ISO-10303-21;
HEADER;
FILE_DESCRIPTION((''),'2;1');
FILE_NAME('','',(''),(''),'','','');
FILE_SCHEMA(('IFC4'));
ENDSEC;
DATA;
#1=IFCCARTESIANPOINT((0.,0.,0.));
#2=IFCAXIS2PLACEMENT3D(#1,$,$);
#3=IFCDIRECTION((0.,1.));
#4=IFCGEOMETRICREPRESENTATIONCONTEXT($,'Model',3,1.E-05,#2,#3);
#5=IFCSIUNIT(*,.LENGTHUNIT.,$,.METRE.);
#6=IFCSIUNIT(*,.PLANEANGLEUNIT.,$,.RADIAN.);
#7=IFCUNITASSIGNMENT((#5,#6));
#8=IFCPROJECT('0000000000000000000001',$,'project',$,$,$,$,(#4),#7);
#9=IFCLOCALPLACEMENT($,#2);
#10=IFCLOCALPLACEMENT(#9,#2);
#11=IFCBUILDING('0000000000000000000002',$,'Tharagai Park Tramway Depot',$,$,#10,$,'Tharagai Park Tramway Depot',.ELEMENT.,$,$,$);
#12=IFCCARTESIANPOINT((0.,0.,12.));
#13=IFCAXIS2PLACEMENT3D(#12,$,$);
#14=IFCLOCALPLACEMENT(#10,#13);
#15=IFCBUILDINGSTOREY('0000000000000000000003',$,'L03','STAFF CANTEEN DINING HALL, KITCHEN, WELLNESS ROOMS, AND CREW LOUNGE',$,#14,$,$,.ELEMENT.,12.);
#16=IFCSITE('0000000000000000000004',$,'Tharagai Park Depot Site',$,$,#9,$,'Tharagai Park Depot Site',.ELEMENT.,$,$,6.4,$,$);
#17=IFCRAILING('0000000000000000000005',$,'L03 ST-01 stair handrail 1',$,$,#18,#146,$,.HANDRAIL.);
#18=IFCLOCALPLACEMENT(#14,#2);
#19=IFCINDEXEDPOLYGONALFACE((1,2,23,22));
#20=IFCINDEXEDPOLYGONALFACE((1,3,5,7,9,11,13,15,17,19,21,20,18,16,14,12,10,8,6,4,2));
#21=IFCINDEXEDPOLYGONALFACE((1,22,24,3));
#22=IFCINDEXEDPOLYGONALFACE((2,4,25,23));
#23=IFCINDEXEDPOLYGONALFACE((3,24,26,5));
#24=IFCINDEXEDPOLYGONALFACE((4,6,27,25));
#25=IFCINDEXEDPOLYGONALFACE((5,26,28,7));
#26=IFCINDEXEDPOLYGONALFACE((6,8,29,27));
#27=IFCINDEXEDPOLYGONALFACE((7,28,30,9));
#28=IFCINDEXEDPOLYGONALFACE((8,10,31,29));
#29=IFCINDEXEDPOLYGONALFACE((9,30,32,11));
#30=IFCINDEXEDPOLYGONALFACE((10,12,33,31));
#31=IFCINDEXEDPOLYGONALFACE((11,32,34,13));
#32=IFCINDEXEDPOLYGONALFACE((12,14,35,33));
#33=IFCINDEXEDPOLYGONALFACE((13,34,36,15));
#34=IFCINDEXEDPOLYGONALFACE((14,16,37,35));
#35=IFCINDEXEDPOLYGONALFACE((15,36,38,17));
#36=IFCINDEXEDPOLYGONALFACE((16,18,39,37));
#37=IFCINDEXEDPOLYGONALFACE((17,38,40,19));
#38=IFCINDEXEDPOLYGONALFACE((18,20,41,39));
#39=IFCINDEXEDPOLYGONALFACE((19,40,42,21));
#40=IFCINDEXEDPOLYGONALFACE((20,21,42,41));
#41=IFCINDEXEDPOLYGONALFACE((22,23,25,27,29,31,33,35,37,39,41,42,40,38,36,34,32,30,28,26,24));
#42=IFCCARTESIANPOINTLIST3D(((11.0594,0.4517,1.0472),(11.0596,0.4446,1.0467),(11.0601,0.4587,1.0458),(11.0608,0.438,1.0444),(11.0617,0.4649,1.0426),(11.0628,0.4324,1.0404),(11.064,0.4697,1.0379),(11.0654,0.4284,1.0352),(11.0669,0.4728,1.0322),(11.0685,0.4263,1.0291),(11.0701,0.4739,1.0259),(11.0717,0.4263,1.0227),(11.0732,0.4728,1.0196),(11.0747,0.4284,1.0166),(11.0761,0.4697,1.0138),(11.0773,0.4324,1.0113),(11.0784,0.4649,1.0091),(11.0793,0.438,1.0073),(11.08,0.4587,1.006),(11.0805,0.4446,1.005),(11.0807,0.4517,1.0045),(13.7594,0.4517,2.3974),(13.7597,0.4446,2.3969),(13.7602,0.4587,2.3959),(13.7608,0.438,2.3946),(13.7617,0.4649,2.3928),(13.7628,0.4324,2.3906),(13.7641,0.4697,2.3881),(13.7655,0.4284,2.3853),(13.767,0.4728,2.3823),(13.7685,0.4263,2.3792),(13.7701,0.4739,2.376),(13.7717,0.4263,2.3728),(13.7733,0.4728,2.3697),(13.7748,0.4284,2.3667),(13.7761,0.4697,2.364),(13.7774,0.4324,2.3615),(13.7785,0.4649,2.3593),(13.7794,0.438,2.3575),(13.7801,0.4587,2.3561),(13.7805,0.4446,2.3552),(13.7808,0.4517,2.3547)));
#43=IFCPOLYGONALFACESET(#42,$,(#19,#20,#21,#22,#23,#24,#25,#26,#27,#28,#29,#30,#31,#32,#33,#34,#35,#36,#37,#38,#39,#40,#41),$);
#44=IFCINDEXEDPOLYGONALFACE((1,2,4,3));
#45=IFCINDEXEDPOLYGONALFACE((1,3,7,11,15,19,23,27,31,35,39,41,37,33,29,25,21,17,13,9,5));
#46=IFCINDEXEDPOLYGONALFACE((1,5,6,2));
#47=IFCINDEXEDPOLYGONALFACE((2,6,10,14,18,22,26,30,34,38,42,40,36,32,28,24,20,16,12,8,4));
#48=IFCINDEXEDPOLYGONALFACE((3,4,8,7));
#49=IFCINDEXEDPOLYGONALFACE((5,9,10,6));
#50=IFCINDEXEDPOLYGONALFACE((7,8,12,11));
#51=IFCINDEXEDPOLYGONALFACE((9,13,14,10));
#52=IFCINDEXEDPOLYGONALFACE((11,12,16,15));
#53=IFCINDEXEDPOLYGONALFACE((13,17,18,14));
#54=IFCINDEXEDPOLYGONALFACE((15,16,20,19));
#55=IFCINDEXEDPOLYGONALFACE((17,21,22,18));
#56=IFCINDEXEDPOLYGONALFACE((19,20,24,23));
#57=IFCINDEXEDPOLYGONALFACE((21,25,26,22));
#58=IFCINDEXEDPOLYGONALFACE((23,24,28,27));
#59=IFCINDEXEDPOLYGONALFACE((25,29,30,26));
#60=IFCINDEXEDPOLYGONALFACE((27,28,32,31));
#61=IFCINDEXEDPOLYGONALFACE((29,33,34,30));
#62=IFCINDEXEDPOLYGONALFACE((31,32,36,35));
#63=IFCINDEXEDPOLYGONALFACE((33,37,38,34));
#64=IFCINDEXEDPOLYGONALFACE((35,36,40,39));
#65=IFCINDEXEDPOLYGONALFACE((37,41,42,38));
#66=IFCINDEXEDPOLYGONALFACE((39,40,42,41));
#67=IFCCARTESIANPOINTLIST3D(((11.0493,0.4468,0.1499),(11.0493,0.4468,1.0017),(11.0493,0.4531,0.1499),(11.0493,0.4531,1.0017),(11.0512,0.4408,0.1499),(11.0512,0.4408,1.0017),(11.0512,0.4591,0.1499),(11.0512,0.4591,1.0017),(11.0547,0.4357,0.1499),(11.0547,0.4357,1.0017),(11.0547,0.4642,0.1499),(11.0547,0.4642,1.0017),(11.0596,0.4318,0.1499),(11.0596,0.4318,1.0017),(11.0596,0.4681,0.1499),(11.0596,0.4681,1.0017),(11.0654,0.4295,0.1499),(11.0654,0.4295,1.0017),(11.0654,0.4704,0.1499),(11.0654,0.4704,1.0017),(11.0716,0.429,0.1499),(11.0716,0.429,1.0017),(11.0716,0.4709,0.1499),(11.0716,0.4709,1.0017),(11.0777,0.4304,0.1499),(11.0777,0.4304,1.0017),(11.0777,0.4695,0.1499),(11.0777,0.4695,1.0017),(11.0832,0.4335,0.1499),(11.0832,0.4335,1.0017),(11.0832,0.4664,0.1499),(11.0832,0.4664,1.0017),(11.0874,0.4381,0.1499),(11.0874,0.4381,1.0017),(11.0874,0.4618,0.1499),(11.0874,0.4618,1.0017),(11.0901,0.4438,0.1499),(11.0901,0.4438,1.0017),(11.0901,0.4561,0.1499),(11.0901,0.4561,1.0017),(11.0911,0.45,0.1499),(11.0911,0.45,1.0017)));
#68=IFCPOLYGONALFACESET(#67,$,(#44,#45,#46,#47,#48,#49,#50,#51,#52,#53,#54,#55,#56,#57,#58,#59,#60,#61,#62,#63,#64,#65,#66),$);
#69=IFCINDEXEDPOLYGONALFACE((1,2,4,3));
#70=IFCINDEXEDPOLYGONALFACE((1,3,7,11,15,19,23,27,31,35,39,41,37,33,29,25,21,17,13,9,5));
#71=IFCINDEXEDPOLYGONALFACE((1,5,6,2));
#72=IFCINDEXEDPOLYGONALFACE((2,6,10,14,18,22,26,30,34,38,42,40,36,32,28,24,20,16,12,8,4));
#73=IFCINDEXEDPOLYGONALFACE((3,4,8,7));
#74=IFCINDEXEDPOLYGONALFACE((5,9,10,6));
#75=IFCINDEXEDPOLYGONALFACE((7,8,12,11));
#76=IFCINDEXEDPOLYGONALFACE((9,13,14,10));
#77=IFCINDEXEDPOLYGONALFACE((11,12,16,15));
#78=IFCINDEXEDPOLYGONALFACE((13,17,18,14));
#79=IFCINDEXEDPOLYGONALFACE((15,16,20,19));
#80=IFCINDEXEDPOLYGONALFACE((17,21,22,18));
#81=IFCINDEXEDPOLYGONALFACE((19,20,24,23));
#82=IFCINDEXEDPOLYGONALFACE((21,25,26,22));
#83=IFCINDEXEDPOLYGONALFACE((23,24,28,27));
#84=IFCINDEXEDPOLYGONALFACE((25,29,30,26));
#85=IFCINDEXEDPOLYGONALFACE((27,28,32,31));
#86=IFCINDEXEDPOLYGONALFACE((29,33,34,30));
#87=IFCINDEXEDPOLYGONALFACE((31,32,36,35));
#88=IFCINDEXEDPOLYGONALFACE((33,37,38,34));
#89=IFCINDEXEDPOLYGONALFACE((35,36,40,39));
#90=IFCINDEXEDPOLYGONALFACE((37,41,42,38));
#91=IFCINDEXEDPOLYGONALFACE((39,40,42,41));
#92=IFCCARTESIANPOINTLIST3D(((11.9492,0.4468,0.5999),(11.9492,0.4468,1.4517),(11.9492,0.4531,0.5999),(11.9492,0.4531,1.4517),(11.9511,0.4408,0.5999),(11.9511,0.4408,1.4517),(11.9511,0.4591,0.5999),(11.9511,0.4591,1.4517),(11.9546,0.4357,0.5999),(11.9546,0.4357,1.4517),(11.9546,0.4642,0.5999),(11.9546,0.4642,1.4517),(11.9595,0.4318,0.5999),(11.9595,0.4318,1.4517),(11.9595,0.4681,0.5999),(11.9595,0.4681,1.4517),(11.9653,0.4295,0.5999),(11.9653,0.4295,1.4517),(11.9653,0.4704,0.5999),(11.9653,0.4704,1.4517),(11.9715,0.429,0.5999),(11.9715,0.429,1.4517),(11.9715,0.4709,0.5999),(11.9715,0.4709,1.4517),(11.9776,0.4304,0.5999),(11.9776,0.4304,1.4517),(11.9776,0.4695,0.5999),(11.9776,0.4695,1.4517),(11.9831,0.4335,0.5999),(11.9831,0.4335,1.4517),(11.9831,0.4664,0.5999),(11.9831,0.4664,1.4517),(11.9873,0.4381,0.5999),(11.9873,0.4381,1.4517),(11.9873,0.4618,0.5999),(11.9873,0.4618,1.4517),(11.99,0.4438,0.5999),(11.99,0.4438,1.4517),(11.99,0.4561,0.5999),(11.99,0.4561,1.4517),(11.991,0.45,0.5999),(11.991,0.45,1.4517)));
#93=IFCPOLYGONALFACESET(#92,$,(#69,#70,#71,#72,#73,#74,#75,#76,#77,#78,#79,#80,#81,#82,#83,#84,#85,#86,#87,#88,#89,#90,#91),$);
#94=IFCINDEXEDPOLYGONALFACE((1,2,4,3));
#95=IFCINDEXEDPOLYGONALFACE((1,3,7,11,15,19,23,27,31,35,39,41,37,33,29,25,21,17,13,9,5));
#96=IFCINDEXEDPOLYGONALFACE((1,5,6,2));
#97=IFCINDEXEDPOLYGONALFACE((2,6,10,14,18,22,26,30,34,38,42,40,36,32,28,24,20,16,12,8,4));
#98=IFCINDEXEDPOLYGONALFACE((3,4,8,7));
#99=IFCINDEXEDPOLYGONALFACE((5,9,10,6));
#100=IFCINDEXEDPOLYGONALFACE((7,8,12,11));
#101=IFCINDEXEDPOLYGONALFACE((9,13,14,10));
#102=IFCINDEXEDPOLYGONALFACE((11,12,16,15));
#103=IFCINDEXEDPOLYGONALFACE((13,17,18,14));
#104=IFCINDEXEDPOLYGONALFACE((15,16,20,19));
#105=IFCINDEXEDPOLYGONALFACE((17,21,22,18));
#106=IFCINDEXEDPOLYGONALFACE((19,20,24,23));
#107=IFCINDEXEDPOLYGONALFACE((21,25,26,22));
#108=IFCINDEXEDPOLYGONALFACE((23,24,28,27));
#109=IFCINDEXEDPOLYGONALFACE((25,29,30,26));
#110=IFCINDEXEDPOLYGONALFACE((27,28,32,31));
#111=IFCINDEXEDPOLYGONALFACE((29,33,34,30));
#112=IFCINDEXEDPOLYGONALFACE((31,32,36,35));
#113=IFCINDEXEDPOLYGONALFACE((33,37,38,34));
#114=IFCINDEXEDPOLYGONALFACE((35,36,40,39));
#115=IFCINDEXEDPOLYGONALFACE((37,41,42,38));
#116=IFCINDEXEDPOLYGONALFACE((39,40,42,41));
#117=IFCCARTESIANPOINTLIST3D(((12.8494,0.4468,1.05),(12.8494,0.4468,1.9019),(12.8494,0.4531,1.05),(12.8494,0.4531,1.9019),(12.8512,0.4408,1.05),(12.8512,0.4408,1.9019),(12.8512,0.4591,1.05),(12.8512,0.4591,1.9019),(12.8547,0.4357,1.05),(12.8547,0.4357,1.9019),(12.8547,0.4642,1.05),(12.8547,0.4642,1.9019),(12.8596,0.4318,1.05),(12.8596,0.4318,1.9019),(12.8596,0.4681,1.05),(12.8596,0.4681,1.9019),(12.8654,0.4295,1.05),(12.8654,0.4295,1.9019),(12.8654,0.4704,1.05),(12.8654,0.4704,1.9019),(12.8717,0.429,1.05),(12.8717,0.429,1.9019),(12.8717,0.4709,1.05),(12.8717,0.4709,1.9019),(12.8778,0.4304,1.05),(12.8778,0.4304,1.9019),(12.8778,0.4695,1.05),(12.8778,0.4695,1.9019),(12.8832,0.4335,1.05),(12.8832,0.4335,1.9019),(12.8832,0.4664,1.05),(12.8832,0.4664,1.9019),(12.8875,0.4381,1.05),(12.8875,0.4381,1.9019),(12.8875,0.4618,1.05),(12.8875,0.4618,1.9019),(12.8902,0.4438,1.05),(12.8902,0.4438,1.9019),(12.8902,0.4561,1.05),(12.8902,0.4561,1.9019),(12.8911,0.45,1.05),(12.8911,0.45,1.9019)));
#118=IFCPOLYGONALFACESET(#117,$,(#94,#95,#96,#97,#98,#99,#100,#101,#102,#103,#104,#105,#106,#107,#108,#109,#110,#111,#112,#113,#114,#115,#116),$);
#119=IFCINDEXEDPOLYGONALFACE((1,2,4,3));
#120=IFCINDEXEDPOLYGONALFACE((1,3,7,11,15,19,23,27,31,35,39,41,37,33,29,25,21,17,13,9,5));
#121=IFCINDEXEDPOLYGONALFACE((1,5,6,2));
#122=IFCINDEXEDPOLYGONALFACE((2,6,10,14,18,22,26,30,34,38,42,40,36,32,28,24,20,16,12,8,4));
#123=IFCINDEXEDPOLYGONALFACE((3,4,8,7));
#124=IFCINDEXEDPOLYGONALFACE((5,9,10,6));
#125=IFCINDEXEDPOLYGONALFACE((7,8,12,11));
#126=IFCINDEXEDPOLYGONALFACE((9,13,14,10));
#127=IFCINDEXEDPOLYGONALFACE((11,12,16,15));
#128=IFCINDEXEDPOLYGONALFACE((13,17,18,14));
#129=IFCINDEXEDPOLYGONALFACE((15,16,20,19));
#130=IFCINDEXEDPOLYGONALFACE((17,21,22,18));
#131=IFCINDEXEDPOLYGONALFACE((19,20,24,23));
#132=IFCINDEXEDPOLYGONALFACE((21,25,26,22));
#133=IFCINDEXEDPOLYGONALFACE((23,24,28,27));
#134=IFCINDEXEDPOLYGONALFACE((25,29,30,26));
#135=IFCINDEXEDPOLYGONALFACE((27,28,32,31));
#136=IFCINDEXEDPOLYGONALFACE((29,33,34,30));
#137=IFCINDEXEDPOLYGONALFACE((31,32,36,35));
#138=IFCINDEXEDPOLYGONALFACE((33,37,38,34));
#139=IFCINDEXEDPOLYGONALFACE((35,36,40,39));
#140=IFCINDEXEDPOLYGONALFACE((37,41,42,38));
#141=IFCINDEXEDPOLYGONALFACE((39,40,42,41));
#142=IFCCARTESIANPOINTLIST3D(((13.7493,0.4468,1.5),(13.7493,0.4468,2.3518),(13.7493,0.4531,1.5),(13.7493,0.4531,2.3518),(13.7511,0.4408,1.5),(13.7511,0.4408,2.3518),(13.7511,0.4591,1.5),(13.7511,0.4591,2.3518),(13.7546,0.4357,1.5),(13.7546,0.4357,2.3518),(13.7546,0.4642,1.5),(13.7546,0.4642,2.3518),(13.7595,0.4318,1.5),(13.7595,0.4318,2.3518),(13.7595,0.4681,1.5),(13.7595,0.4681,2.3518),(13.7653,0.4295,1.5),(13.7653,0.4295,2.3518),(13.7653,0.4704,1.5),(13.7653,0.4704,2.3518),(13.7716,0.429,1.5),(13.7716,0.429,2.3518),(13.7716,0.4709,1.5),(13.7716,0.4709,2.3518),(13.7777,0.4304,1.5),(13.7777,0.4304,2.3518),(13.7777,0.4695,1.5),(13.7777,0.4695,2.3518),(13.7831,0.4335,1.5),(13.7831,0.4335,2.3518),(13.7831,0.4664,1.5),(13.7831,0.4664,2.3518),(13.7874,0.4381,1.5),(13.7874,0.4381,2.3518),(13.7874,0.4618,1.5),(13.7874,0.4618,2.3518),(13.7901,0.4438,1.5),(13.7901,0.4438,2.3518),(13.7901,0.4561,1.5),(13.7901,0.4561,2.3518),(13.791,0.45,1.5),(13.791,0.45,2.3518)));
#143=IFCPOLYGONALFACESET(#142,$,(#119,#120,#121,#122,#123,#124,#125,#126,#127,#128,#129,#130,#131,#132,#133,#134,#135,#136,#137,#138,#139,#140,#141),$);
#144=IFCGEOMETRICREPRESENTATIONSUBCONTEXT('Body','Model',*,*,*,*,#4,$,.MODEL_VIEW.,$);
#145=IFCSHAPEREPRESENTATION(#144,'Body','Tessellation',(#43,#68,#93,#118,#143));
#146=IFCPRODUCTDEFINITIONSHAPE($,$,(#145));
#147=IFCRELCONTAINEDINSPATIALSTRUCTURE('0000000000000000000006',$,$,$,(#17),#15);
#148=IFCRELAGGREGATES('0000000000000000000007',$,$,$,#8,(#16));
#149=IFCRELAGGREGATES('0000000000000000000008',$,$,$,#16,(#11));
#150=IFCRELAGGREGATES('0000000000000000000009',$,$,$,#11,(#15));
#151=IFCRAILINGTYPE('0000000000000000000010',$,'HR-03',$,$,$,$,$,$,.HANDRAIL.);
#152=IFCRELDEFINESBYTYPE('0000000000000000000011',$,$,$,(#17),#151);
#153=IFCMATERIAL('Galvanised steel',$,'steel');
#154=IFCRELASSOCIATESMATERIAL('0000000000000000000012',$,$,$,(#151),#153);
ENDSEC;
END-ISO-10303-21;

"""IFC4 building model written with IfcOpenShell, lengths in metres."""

from ifc_helpers import new_model, si_unit, direction, frame, origin, origin_2d, place, context, subcontext, project, spatial, circle, extrude, material, type_object, element, save


model = new_model("IFC4")

# Units and contexts
model_context = context("Model", 3, precision=1e-05, world=origin(), true_north=direction((0.0, 1.0)))
body_context = subcontext(model_context, "Body", "Model", "MODEL_VIEW")
ifc_project = project(units=[si_unit("LENGTHUNIT", "METRE"), si_unit("PLANEANGLEUNIT", "RADIAN")], contexts=[model_context])

# Site, building, storey
site_placement = place(None, origin())
site = spatial("IfcSite", under=ifc_project, at=site_placement, Name="Tharagai Park Depot Site", LongName="Tharagai Park Depot Site", CompositionType="ELEMENT", RefElevation=6.4)
building_placement = place(site_placement, origin())
building = spatial("IfcBuilding", under=site, at=building_placement, Name="Tharagai Park Tramway Depot", LongName="Tharagai Park Tramway Depot", CompositionType="ELEMENT")
storey_placement = place(building_placement, frame((0.0, 0.0, 12.0)))
storey = spatial("IfcBuildingStorey", under=building, at=storey_placement, Name="L03", Description="STAFF CANTEEN DINING HALL, KITCHEN, WELLNESS ROOMS, AND CREW LOUNGE", CompositionType="ELEMENT", Elevation=12.0)

# Shared definitions
ifc_material_1 = material(Name="Galvanised steel", Category="steel")

# Railing
railing_type_1 = type_object("IfcRailingType", Name="HR-03", PredefinedType="HANDRAIL", material=ifc_material_1)
railing_1_placement = place(storey_placement, frame((11.0701, 0.45, 0.1499)))
element("IfcRailing", 1, at=railing_1_placement, inside=storey, type_object=railing_type_1, Name="L03 ST-01 stair handrail 1", PredefinedType="HANDRAIL", context=body_context, shape_type="SweptSolid", body=[
    extrude(circle(Radius=0.0239, at=origin_2d()), frame((0.0, 0.0, 0.876), z_axis=(0.894411, 0.0, 0.447246), x_axis=(0.0, 1.0, 0.0)), (0.0, 0.0, 1.0), 3.0188),
    extrude(circle(Radius=0.021, at=origin_2d()), origin(), (0.0, 0.0, 1.0), 0.8518),
    extrude(circle(Radius=0.021, at=origin_2d()), frame((0.8999, 0.0, 0.45)), (0.0, 0.0, 1.0), 0.8518),
    extrude(circle(Radius=0.021, at=origin_2d()), frame((1.8, 0.0, 0.9001)), (0.0, 0.0, 1.0), 0.8518),
    extrude(circle(Radius=0.021, at=origin_2d()), frame((2.7, 0.0, 1.3501)), (0.0, 0.0, 1.0), 0.8518),
])

save(model, "model.ifc")
